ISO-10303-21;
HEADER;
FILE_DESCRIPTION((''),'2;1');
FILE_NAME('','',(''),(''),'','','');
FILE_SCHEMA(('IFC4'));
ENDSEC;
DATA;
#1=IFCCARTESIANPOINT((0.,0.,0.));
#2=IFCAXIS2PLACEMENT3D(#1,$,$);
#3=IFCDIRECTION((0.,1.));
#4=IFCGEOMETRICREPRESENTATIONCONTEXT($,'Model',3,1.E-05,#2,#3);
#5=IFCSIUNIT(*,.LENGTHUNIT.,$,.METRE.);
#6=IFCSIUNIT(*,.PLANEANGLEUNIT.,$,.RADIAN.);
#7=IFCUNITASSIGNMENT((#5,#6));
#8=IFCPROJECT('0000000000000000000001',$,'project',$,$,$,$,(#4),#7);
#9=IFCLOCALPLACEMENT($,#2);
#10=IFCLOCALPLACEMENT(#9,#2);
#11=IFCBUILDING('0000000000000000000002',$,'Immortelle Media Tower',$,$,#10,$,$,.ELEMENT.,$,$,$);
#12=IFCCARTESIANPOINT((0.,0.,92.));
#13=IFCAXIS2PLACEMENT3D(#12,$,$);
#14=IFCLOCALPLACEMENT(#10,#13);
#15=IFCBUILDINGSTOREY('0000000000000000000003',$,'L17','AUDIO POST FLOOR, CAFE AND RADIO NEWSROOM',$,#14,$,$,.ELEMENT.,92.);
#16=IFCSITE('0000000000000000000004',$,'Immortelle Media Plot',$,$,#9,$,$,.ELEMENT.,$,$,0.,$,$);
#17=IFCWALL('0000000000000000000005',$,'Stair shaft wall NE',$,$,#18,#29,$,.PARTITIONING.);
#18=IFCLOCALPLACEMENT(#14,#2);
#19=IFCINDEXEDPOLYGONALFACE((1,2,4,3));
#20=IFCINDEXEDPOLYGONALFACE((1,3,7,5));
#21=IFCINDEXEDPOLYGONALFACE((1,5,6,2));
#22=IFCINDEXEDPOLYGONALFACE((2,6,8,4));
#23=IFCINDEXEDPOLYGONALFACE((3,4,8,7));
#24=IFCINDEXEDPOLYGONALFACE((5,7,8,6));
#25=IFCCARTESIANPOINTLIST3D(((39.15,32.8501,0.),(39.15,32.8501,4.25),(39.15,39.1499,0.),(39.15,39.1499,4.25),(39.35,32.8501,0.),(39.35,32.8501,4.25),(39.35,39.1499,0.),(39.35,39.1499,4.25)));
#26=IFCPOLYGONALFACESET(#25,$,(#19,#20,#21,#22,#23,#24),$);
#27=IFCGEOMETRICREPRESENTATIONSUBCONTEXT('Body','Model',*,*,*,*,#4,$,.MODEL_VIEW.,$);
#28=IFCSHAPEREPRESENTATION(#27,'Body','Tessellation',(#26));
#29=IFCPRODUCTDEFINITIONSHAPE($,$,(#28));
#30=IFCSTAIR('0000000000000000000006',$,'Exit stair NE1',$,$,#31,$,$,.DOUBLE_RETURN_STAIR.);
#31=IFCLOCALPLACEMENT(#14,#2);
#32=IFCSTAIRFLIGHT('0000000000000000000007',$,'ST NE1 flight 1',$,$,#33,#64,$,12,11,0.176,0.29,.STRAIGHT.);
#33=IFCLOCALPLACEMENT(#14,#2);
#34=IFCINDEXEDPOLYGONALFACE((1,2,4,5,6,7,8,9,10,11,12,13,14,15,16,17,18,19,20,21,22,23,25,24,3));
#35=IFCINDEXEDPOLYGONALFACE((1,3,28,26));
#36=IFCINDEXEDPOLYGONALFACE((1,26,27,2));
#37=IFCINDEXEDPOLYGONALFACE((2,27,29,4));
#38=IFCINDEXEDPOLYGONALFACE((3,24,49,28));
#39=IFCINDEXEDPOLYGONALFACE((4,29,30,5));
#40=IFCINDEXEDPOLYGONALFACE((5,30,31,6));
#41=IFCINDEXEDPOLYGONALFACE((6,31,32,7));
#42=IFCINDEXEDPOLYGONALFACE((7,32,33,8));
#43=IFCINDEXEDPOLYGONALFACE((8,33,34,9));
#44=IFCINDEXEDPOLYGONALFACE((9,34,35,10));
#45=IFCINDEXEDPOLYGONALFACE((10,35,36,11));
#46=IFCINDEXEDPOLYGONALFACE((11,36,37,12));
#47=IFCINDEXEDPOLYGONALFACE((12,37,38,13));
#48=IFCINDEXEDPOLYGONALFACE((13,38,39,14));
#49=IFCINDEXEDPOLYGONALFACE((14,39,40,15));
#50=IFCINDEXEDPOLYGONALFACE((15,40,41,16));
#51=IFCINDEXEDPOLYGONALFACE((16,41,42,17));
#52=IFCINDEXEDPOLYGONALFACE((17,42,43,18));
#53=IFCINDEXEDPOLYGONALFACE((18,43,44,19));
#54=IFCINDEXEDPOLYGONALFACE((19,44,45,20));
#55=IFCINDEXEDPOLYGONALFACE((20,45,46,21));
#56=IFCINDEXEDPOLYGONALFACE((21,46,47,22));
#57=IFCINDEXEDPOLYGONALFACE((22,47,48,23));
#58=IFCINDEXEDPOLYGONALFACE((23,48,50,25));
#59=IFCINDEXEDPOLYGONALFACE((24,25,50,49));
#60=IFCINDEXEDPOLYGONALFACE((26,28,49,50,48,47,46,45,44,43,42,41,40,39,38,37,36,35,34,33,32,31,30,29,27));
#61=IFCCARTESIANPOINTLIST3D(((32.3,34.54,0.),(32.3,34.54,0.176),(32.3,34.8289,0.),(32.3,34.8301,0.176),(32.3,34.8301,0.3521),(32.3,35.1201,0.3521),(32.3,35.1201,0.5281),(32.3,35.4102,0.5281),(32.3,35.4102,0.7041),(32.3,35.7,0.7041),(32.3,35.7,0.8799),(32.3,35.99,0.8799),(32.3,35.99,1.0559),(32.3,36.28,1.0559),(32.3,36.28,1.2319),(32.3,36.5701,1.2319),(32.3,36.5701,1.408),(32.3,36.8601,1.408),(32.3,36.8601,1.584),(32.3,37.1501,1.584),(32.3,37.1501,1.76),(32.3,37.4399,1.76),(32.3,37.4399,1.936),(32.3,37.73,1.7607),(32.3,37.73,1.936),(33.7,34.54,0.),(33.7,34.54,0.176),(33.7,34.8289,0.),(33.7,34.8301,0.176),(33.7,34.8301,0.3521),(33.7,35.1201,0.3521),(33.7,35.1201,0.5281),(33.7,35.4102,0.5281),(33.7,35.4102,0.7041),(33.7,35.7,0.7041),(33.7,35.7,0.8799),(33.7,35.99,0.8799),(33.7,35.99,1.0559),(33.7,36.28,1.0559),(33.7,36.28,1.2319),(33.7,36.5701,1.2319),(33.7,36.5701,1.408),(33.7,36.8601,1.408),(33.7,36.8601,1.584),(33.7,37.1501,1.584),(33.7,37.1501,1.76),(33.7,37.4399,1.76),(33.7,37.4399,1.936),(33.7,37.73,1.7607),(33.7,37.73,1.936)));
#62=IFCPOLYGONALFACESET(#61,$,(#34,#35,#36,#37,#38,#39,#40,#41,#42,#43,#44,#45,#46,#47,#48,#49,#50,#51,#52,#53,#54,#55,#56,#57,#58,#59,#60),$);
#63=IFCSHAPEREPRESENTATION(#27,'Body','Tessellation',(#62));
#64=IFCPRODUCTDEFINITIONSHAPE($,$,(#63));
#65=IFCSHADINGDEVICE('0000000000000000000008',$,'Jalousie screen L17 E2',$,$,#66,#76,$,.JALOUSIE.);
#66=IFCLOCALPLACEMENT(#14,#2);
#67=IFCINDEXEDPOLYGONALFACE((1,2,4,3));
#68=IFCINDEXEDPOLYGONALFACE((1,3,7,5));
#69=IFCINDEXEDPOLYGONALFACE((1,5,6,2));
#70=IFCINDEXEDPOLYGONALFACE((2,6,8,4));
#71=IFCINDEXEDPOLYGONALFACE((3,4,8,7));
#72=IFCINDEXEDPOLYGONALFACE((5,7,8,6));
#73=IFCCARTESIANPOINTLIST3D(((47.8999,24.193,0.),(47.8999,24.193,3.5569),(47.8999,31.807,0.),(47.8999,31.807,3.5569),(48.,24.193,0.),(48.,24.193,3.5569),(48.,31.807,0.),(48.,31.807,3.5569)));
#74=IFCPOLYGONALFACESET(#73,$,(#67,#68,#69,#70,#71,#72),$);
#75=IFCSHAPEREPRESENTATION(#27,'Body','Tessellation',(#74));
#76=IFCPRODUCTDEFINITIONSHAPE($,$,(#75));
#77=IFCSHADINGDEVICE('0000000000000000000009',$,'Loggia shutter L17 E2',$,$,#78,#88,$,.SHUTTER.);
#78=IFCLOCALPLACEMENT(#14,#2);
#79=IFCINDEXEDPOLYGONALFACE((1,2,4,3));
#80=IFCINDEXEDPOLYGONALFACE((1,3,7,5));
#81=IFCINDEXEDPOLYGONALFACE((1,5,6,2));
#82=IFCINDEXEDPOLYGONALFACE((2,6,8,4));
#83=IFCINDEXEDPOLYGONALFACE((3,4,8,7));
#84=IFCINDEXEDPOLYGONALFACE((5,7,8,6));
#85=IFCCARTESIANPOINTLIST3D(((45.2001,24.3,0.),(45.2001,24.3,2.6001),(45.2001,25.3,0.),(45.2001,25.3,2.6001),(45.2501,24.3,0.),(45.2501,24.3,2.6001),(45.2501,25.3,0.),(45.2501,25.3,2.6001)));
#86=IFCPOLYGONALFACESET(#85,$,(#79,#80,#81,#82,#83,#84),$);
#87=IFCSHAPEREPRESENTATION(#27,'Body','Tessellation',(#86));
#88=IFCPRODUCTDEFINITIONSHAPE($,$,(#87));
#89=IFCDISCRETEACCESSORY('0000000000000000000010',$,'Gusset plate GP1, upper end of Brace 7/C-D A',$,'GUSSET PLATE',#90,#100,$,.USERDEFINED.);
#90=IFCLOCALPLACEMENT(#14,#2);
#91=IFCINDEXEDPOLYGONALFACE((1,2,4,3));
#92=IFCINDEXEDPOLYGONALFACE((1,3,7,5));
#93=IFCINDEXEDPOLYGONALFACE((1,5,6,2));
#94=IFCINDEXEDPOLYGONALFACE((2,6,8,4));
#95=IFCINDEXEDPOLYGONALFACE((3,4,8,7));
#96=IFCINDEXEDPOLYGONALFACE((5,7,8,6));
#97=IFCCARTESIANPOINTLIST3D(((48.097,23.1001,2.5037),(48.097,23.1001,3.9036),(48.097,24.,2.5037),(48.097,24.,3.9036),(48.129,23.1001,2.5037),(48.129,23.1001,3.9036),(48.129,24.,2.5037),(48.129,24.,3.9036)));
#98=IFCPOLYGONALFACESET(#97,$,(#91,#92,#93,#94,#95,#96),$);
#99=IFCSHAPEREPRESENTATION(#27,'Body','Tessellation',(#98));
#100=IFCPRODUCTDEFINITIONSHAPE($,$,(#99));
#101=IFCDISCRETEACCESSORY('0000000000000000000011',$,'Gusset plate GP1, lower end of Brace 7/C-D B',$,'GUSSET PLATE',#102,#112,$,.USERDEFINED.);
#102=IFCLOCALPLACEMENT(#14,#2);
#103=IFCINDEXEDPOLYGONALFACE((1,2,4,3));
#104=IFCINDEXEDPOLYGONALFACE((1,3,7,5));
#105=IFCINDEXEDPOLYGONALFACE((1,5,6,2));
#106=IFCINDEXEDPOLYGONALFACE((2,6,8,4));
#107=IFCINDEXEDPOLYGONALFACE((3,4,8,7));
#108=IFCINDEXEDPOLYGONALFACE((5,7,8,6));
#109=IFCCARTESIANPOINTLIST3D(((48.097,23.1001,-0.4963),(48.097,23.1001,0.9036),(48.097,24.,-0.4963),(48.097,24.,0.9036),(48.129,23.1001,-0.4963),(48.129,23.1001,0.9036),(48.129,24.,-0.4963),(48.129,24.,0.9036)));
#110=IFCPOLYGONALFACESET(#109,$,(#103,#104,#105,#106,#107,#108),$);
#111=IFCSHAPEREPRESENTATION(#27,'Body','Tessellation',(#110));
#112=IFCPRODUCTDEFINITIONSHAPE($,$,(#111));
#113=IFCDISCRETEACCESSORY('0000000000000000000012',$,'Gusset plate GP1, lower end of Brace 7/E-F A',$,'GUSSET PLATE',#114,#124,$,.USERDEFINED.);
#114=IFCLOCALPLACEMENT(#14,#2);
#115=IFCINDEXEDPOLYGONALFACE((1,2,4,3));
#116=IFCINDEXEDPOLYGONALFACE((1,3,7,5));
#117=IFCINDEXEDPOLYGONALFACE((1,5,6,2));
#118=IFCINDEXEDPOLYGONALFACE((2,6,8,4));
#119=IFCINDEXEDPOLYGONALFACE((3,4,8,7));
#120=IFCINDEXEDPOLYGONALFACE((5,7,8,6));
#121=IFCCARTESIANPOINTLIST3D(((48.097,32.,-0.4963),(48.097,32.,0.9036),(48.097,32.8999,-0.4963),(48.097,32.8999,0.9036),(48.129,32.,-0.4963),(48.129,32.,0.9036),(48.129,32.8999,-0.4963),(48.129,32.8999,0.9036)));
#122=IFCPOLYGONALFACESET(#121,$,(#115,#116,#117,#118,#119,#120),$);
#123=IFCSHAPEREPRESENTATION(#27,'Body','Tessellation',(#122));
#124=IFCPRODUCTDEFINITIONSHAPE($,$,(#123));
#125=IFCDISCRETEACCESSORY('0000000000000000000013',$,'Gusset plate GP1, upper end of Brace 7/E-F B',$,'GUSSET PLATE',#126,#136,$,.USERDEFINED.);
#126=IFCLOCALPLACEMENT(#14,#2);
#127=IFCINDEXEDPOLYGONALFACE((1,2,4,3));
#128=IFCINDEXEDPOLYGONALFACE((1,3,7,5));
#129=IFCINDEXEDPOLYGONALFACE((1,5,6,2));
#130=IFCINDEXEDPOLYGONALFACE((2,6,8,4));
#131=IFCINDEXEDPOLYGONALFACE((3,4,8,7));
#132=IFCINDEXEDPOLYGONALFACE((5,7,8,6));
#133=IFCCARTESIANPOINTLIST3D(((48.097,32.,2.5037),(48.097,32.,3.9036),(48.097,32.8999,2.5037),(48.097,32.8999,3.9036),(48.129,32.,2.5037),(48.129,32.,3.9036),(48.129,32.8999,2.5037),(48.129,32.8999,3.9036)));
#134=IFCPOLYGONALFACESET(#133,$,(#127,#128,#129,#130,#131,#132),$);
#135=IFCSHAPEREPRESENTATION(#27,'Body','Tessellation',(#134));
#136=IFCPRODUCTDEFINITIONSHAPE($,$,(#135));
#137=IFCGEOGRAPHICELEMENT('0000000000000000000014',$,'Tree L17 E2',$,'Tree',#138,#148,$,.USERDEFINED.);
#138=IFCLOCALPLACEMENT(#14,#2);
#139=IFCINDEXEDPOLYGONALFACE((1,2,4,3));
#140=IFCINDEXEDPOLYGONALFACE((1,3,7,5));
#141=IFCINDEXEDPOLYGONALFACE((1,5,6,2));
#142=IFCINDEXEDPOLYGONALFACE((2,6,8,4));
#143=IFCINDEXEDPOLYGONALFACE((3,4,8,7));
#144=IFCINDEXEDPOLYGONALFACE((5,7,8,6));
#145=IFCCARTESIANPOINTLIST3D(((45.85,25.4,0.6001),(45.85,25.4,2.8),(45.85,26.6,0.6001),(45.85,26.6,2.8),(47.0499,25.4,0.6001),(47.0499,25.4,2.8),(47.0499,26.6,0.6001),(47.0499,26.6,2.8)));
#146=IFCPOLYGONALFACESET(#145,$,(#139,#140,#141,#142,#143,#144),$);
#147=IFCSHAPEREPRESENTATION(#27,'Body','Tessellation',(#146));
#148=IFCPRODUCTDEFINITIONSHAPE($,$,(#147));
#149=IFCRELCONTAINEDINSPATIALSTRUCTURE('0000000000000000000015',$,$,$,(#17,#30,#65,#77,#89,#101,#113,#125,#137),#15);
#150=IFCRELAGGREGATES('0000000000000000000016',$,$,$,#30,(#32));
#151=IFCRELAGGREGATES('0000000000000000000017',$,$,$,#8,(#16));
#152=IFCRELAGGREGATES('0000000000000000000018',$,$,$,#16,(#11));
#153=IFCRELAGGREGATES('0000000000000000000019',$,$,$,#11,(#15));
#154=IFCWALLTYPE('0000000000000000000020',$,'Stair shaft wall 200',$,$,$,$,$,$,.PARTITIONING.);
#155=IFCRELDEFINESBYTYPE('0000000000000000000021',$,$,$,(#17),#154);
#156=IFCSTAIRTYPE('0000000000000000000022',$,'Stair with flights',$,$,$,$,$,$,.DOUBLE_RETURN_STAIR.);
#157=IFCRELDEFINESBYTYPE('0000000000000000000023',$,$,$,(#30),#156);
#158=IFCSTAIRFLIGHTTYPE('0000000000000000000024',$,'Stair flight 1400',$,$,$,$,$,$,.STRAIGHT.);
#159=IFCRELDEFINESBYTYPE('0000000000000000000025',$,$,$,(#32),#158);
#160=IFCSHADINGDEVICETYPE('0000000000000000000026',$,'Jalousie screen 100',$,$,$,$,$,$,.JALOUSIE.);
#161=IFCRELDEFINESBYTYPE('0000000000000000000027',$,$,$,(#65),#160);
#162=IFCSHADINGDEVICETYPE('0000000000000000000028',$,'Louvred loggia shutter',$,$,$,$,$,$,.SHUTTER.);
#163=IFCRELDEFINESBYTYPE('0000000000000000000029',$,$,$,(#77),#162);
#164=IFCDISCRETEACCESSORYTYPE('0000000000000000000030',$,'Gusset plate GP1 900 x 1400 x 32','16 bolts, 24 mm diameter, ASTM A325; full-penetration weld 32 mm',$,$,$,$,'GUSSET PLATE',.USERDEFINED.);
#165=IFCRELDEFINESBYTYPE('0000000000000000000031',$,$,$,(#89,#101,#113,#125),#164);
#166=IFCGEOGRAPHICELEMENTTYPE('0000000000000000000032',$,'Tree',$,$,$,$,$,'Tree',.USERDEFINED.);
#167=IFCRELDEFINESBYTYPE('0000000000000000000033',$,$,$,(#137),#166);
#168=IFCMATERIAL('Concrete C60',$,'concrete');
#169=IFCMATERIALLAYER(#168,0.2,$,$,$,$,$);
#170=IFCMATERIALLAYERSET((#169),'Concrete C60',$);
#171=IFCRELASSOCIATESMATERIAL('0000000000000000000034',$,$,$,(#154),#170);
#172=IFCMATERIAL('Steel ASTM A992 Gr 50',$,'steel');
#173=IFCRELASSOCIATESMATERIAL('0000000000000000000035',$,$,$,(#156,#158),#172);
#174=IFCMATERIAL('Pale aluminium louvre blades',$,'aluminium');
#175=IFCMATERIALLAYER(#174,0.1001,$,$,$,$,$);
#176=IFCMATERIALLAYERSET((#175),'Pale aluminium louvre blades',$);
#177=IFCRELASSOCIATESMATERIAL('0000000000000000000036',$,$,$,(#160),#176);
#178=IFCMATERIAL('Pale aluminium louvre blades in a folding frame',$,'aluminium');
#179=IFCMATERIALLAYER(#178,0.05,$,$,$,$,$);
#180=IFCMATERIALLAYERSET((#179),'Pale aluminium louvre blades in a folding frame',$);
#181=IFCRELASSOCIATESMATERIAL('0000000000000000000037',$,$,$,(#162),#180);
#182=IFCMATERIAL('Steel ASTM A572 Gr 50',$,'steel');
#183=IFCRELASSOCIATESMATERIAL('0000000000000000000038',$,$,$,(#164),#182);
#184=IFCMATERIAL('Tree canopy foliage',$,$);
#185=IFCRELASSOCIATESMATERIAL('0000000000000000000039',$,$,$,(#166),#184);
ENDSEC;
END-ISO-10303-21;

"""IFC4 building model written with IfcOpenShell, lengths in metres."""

from ifc_helpers import new_model, si_unit, direction, frame, frame_2d, origin, origin_2d, place, context, subcontext, project, spatial, polyline, rectangle, outline, extrude, material, layer, layer_set, material_profile, profile_set, type_object, element, aggregate, save


model = new_model("IFC4")

# Units and contexts
model_context = context("Model", 3, precision=1e-05, world=origin(), true_north=direction((0.0, 1.0)))
body_context = subcontext(model_context, "Body", "Model", "MODEL_VIEW")
ifc_project = project(units=[si_unit("LENGTHUNIT", "METRE"), si_unit("PLANEANGLEUNIT", "RADIAN")], contexts=[model_context])

# Site, building, storey
site_placement = place(None, origin())
site = spatial("IfcSite", under=ifc_project, at=site_placement, Name="Immortelle Media Plot", CompositionType="ELEMENT", RefElevation=0.0)
building_placement = place(site_placement, origin())
building = spatial("IfcBuilding", under=site, at=building_placement, Name="Immortelle Media Tower", CompositionType="ELEMENT")
storey_placement = place(building_placement, frame((0.0, 0.0, 92.0)))
storey = spatial("IfcBuildingStorey", under=building, at=storey_placement, Name="L17", Description="AUDIO POST FLOOR, CAFE AND RADIO NEWSROOM", CompositionType="ELEMENT", Elevation=92.0)

# Shared definitions
ifc_material_1 = material(Name="Steel ASTM A992 Gr 50", Category="steel")

# Wall
ifc_material_2 = material(Name="Concrete C60", Category="concrete")
ifc_layer_1 = layer(ifc_material_2, 0.2)
ifc_layer_set_1 = layer_set([ifc_layer_1], Name="Concrete C60")
wall_type_1 = type_object("IfcWallType", Name="Stair shaft wall 200", PredefinedType="PARTITIONING", material=ifc_layer_set_1)
for number, where, z_axis, x_axis, name in (
    (1, (39.25, 32.8501, 0.0), (0.0, 0.0, 1.0), (0.0, 1.0, 0.0), "Stair shaft wall NE"),
):
    element("IfcWall", number, at=place(storey_placement, frame(where, z_axis=z_axis, x_axis=x_axis)), inside=storey, type_object=wall_type_1, Name=name, PredefinedType="PARTITIONING", context=body_context, shape_type="SweptSolid", body=[
        extrude(rectangle(XDim=6.2998, YDim=0.2, at=frame_2d((3.1499, 0.0))), origin(), (0.0, 0.0, 1.0), 4.25),
    ])

# Stair, stair flight
stair_type = type_object("IfcStairType", Name="Stair with flights", PredefinedType="DOUBLE_RETURN_STAIR", material=ifc_material_1)
stair_placement = place(storey_placement, origin())
stair = element("IfcStair", 2, at=stair_placement, inside=storey, type_object=stair_type, Name="Exit stair NE1", PredefinedType="DOUBLE_RETURN_STAIR")
stair_flight_type = type_object("IfcStairFlightType", Name="Stair flight 1400", PredefinedType="STRAIGHT", material=ifc_material_1)
stair_flight_placement = place(storey_placement, frame((33.0, 34.54, 0.0), z_axis=(0.0, 0.0, 1.0), x_axis=(0.0, 1.0, 0.0)))
stair_flight = element("IfcStairFlight", 3, at=stair_flight_placement, type_object=stair_flight_type, Name="ST NE1 flight 1", NumberOfRisers=12, NumberOfTreads=11, PredefinedType="STRAIGHT", RiserHeight=0.176, TreadLength=0.29, context=body_context, shape_type="SweptSolid", body=[
    extrude(outline(polyline([(0.0, 0.0), (0.0, 0.176), (0.29, 0.176), (0.29, 0.3521), (0.5801, 0.3521), (0.5801, 0.5281), (0.8701, 0.5281), (0.8701, 0.7041), (1.1599, 0.7041), (1.1599, 0.8799), (1.45, 0.8799), (1.45, 1.0559), (1.74, 1.0559), (1.74, 1.2319), (2.03, 1.2319), (2.03, 1.408), (2.3201, 1.408), (2.3201, 1.584), (2.6101, 1.584), (2.6101, 1.76), (2.8999, 1.76), (2.8999, 1.936), (3.1899, 1.936), (3.1899, 2.1121), (3.1899, 1.7607), (0.2888, 0.0), (0.0, 0.0)])), frame((0.0, 0.7, 0.0), z_axis=(0.0, -1.0, 0.0), x_axis=(1.0, 0.0, 0.0)), (0.0, 0.0, 1.0), 1.3999),
])
aggregate(stair, [stair_flight])

# Shading devices
ifc_material_3 = material(Name="Pale aluminium louvre blades", Category="aluminium")
ifc_layer_2 = layer(ifc_material_3, 0.1001)
ifc_layer_set_2 = layer_set([ifc_layer_2], Name="Pale aluminium louvre blades")
shading_device_type_1 = type_object("IfcShadingDeviceType", Name="Jalousie screen 100", PredefinedType="JALOUSIE", material=ifc_layer_set_2)
shading_device_1_placement = place(storey_placement, frame((47.95, 28.0, 0.0), z_axis=(0.0, 0.0, 1.0), x_axis=(0.0, 1.0, 0.0)))
element("IfcShadingDevice", 4, at=shading_device_1_placement, inside=storey, type_object=shading_device_type_1, Name="Jalousie screen L17 E2", PredefinedType="JALOUSIE", context=body_context, shape_type="SweptSolid", body=[
    extrude(rectangle(XDim=7.614, YDim=0.1001, at=origin_2d()), origin(), (0.0, 0.0, 1.0), 3.5569),
])
ifc_material_4 = material(Name="Pale aluminium louvre blades in a folding frame", Category="aluminium")
ifc_layer_3 = layer(ifc_material_4, 0.05)
ifc_layer_set_3 = layer_set([ifc_layer_3], Name="Pale aluminium louvre blades in a folding frame")
shading_device_type_2 = type_object("IfcShadingDeviceType", Name="Louvred loggia shutter", PredefinedType="SHUTTER", material=ifc_layer_set_3)
shading_device_2_placement = place(storey_placement, frame((45.2251, 24.8, 0.0), z_axis=(0.0, 0.0, 1.0), x_axis=(0.0, 1.0, 0.0)))
element("IfcShadingDevice", 5, at=shading_device_2_placement, inside=storey, type_object=shading_device_type_2, Name="Loggia shutter L17 E2", PredefinedType="SHUTTER", context=body_context, shape_type="SweptSolid", body=[
    extrude(rectangle(XDim=1.0, YDim=0.05, at=origin_2d()), origin(), (0.0, 0.0, 1.0), 2.6001),
])

# Discrete accessories
ifc_material_5 = material(Name="Steel ASTM A572 Gr 50", Category="steel")
ifc_material_profile_1 = material_profile(ifc_material_5, rectangle(XDim=0.032, YDim=1.3999, at=origin_2d()), Name="PL 32 x 1400")
ifc_profile_set_1 = profile_set([ifc_material_profile_1], Name="Steel ASTM A572 Gr 50")
discrete_accessory_type = type_object("IfcDiscreteAccessoryType", Name="Gusset plate GP1 900 x 1400 x 32", Description="16 bolts, 24 mm diameter, ASTM A325; full-penetration weld 32 mm", ElementType="GUSSET PLATE", PredefinedType="USERDEFINED", material=ifc_profile_set_1)
for number, where, z_axis, x_axis, name in (
    (6, (48.113, 24.0, 3.2036), (0.0, -1.0, 0.0), (1.0, 0.0, 0.0), "Gusset plate GP1, upper end of Brace 7/C-D A"),
    (7, (48.113, 24.0, 0.2036), (0.0, -1.0, 0.0), (1.0, 0.0, 0.0), "Gusset plate GP1, lower end of Brace 7/C-D B"),
    (8, (48.113, 32.0, 0.2036), (0.0, 1.0, 0.0), (-1.0, 0.0, 0.0), "Gusset plate GP1, lower end of Brace 7/E-F A"),
    (9, (48.113, 32.0, 3.2036), (0.0, 1.0, 0.0), (-1.0, 0.0, 0.0), "Gusset plate GP1, upper end of Brace 7/E-F B"),
):
    element("IfcDiscreteAccessory", number, at=place(storey_placement, frame(where, z_axis=z_axis, x_axis=x_axis)), inside=storey, type_object=discrete_accessory_type, Name=name, ObjectType="GUSSET PLATE", PredefinedType="USERDEFINED", context=body_context, shape_type="SweptSolid", body=[
        extrude(rectangle(XDim=0.032, YDim=1.3999, at=origin_2d()), origin(), (0.0, 0.0, 1.0), 0.8999),
    ])

# Geographic element
ifc_material_6 = material(Name="Tree canopy foliage")
geographic_element_type = type_object("IfcGeographicElementType", Name="Tree", ElementType="Tree", PredefinedType="USERDEFINED", material=ifc_material_6)
geographic_element_placement = place(storey_placement, frame((46.45, 26.0, 0.6001), z_axis=(0.0, 0.0, 1.0), x_axis=(1.0, 0.0, 0.0)))
element("IfcGeographicElement", 10, at=geographic_element_placement, inside=storey, type_object=geographic_element_type, Name="Tree L17 E2", ObjectType="Tree", PredefinedType="USERDEFINED", context=body_context, shape_type="SweptSolid", body=[
    extrude(rectangle(XDim=1.2, YDim=1.2, at=origin_2d()), origin(), (0.0, 0.0, 1.0), 2.2),
])

save(model, "model.ifc")
